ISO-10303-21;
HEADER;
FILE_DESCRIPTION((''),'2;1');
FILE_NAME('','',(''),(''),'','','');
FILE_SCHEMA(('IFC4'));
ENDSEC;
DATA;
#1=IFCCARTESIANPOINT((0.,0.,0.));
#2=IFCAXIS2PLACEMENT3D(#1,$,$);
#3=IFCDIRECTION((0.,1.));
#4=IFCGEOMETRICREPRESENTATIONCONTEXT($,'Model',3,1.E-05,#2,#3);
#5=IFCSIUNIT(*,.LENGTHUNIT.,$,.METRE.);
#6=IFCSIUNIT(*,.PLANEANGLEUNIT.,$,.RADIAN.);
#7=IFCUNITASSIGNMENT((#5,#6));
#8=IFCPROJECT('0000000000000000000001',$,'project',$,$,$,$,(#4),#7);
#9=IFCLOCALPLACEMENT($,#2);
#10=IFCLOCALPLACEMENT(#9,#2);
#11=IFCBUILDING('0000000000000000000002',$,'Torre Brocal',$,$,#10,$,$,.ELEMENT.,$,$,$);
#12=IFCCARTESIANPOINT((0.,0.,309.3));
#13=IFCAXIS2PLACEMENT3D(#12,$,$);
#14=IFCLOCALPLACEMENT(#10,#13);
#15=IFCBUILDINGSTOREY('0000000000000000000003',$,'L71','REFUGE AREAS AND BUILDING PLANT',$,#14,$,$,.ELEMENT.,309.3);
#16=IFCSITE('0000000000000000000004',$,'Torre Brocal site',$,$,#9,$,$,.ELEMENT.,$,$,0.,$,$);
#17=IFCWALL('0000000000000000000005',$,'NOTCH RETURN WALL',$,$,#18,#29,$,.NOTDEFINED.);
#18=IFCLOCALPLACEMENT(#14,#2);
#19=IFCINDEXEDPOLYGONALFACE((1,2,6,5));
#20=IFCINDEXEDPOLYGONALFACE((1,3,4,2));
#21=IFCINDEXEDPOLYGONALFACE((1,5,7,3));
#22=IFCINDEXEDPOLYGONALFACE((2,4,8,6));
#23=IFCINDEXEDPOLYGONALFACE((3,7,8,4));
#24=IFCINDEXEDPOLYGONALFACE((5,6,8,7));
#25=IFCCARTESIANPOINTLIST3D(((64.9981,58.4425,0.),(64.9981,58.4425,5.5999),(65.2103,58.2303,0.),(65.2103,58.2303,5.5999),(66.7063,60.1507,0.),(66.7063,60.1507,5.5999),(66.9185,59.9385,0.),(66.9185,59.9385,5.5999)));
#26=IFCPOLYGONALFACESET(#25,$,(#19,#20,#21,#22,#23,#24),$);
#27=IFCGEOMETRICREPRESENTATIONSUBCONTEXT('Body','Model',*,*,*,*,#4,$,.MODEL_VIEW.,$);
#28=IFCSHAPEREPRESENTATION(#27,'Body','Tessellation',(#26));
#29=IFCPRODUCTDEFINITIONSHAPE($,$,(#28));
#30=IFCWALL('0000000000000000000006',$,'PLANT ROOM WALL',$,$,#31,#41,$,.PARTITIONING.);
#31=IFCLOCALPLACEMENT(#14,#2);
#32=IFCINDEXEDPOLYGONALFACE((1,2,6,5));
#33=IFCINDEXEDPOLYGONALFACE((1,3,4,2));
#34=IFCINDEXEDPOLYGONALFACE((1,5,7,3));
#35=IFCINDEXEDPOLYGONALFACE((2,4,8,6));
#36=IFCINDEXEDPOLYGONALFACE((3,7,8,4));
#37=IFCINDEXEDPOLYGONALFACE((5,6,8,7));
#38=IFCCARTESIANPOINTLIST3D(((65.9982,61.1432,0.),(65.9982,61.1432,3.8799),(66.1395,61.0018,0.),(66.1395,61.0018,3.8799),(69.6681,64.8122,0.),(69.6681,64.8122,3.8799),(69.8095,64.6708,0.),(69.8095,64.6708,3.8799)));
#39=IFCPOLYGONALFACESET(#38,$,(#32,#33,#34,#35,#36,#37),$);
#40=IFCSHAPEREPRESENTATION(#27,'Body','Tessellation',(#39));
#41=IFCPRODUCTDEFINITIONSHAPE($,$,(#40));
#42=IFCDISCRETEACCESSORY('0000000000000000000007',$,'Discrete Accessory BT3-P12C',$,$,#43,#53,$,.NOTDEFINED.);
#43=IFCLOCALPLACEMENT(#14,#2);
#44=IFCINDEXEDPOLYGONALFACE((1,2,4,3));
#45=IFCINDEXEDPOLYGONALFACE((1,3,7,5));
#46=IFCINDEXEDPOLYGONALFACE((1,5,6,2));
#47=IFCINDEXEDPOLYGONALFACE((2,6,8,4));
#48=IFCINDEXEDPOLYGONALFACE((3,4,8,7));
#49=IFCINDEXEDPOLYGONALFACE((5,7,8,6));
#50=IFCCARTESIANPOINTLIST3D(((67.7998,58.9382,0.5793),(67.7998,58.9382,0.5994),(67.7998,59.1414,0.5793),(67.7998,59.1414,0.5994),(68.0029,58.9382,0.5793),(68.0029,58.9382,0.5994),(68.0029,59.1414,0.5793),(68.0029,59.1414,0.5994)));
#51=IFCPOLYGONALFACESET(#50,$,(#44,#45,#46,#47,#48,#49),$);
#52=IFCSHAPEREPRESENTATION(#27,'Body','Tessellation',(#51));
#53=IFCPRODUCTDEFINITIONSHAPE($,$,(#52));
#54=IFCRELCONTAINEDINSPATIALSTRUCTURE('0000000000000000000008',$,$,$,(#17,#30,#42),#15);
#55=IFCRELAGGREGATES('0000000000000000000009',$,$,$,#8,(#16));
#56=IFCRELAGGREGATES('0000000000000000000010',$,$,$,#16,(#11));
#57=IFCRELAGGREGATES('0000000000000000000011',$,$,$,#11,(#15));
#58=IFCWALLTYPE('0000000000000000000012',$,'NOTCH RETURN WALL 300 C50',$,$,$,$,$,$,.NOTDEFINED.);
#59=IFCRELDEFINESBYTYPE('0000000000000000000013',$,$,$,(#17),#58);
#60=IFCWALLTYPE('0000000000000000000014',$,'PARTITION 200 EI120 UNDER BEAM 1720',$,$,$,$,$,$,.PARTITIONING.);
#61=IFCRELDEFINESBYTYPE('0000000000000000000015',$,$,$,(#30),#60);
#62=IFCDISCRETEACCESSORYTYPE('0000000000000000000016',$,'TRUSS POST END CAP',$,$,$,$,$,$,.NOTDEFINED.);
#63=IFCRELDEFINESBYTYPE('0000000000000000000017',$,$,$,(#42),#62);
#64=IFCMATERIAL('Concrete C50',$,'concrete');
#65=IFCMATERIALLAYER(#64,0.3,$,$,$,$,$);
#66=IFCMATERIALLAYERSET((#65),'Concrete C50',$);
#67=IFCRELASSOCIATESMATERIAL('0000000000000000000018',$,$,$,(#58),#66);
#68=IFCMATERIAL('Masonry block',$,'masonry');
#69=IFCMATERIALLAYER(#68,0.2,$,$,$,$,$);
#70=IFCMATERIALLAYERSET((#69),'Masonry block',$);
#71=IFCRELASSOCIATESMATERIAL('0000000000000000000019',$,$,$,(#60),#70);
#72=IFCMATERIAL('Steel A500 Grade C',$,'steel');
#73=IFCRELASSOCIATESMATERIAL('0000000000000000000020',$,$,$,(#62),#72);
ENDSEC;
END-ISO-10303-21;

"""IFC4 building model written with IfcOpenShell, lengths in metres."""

from ifc_helpers import new_model, si_unit, direction, frame, frame_2d, origin, origin_2d, place, context, subcontext, project, spatial, rectangle, extrude, material, layer, layer_set, type_object, element, save


model = new_model("IFC4")

# Units and contexts
model_context = context("Model", 3, precision=1e-05, world=origin(), true_north=direction((0.0, 1.0)))
body_context = subcontext(model_context, "Body", "Model", "MODEL_VIEW")
ifc_project = project(units=[si_unit("LENGTHUNIT", "METRE"), si_unit("PLANEANGLEUNIT", "RADIAN")], contexts=[model_context])

# Site, building, storey
site_placement = place(None, origin())
site = spatial("IfcSite", under=ifc_project, at=site_placement, Name="Torre Brocal site", CompositionType="ELEMENT", RefElevation=0.0)
building_placement = place(site_placement, origin())
building = spatial("IfcBuilding", under=site, at=building_placement, Name="Torre Brocal", CompositionType="ELEMENT")
storey_placement = place(building_placement, frame((0.0, 0.0, 309.3)))
storey = spatial("IfcBuildingStorey", under=building, at=storey_placement, Name="L71", Description="REFUGE AREAS AND BUILDING PLANT", CompositionType="ELEMENT", Elevation=309.3)

# Walls
ifc_material_1 = material(Name="Concrete C50", Category="concrete")
ifc_layer_1 = layer(ifc_material_1, 0.3)
ifc_layer_set_1 = layer_set([ifc_layer_1], Name="Concrete C50")
wall_type_1 = type_object("IfcWallType", Name="NOTCH RETURN WALL 300 C50", PredefinedType="NOTDEFINED", material=ifc_layer_set_1)
for number, where, z_axis, x_axis, name in (
    (1, (66.8125, 60.0447, 0.0), (0.0, 0.0, 1.0), (-0.707107, -0.707107, 0.0), "NOTCH RETURN WALL"),
):
    element("IfcWall", number, at=place(storey_placement, frame(where, z_axis=z_axis, x_axis=x_axis)), inside=storey, type_object=wall_type_1, Name=name, PredefinedType="NOTDEFINED", context=body_context, shape_type="SweptSolid", body=[
        extrude(rectangle(XDim=2.4158, YDim=0.3, at=frame_2d((1.208, 0.0))), origin(), (0.0, 0.0, 1.0), 5.5999),
    ])
ifc_material_2 = material(Name="Masonry block", Category="masonry")
ifc_layer_2 = layer(ifc_material_2, 0.2)
ifc_layer_set_2 = layer_set([ifc_layer_2], Name="Masonry block")
wall_type_2 = type_object("IfcWallType", Name="PARTITION 200 EI120 UNDER BEAM 1720", PredefinedType="PARTITIONING", material=ifc_layer_set_2)
wall_placement = place(storey_placement, frame((66.0688, 61.0725, 0.0), z_axis=(0.0, 0.0, 1.0), x_axis=(0.707201, 0.707013, 0.0)))
element("IfcWall", 2, at=wall_placement, inside=storey, type_object=wall_type_2, Name="PLANT ROOM WALL", PredefinedType="PARTITIONING", context=body_context, shape_type="SweptSolid", body=[
    extrude(rectangle(XDim=5.1895, YDim=0.2, at=frame_2d((2.5947, 0.0))), origin(), (0.0, 0.0, 1.0), 3.8799),
])

# Discrete accessory
ifc_material_3 = material(Name="Steel A500 Grade C", Category="steel")
discrete_accessory_type = type_object("IfcDiscreteAccessoryType", Name="TRUSS POST END CAP", PredefinedType="NOTDEFINED", material=ifc_material_3)
discrete_accessory_placement = place(storey_placement, frame((67.9014, 59.0398, 0.5793), z_axis=(0.0, 0.0, 1.0), x_axis=(1.0, 0.0, 0.0)))
element("IfcDiscreteAccessory", 3, at=discrete_accessory_placement, inside=storey, type_object=discrete_accessory_type, Name="Discrete Accessory BT3-P12C", PredefinedType="NOTDEFINED", context=body_context, shape_type="SweptSolid", body=[
    extrude(rectangle(XDim=0.2031, YDim=0.2031, at=origin_2d()), origin(), (0.0, 0.0, 1.0), 0.02),
])

save(model, "model.ifc")
